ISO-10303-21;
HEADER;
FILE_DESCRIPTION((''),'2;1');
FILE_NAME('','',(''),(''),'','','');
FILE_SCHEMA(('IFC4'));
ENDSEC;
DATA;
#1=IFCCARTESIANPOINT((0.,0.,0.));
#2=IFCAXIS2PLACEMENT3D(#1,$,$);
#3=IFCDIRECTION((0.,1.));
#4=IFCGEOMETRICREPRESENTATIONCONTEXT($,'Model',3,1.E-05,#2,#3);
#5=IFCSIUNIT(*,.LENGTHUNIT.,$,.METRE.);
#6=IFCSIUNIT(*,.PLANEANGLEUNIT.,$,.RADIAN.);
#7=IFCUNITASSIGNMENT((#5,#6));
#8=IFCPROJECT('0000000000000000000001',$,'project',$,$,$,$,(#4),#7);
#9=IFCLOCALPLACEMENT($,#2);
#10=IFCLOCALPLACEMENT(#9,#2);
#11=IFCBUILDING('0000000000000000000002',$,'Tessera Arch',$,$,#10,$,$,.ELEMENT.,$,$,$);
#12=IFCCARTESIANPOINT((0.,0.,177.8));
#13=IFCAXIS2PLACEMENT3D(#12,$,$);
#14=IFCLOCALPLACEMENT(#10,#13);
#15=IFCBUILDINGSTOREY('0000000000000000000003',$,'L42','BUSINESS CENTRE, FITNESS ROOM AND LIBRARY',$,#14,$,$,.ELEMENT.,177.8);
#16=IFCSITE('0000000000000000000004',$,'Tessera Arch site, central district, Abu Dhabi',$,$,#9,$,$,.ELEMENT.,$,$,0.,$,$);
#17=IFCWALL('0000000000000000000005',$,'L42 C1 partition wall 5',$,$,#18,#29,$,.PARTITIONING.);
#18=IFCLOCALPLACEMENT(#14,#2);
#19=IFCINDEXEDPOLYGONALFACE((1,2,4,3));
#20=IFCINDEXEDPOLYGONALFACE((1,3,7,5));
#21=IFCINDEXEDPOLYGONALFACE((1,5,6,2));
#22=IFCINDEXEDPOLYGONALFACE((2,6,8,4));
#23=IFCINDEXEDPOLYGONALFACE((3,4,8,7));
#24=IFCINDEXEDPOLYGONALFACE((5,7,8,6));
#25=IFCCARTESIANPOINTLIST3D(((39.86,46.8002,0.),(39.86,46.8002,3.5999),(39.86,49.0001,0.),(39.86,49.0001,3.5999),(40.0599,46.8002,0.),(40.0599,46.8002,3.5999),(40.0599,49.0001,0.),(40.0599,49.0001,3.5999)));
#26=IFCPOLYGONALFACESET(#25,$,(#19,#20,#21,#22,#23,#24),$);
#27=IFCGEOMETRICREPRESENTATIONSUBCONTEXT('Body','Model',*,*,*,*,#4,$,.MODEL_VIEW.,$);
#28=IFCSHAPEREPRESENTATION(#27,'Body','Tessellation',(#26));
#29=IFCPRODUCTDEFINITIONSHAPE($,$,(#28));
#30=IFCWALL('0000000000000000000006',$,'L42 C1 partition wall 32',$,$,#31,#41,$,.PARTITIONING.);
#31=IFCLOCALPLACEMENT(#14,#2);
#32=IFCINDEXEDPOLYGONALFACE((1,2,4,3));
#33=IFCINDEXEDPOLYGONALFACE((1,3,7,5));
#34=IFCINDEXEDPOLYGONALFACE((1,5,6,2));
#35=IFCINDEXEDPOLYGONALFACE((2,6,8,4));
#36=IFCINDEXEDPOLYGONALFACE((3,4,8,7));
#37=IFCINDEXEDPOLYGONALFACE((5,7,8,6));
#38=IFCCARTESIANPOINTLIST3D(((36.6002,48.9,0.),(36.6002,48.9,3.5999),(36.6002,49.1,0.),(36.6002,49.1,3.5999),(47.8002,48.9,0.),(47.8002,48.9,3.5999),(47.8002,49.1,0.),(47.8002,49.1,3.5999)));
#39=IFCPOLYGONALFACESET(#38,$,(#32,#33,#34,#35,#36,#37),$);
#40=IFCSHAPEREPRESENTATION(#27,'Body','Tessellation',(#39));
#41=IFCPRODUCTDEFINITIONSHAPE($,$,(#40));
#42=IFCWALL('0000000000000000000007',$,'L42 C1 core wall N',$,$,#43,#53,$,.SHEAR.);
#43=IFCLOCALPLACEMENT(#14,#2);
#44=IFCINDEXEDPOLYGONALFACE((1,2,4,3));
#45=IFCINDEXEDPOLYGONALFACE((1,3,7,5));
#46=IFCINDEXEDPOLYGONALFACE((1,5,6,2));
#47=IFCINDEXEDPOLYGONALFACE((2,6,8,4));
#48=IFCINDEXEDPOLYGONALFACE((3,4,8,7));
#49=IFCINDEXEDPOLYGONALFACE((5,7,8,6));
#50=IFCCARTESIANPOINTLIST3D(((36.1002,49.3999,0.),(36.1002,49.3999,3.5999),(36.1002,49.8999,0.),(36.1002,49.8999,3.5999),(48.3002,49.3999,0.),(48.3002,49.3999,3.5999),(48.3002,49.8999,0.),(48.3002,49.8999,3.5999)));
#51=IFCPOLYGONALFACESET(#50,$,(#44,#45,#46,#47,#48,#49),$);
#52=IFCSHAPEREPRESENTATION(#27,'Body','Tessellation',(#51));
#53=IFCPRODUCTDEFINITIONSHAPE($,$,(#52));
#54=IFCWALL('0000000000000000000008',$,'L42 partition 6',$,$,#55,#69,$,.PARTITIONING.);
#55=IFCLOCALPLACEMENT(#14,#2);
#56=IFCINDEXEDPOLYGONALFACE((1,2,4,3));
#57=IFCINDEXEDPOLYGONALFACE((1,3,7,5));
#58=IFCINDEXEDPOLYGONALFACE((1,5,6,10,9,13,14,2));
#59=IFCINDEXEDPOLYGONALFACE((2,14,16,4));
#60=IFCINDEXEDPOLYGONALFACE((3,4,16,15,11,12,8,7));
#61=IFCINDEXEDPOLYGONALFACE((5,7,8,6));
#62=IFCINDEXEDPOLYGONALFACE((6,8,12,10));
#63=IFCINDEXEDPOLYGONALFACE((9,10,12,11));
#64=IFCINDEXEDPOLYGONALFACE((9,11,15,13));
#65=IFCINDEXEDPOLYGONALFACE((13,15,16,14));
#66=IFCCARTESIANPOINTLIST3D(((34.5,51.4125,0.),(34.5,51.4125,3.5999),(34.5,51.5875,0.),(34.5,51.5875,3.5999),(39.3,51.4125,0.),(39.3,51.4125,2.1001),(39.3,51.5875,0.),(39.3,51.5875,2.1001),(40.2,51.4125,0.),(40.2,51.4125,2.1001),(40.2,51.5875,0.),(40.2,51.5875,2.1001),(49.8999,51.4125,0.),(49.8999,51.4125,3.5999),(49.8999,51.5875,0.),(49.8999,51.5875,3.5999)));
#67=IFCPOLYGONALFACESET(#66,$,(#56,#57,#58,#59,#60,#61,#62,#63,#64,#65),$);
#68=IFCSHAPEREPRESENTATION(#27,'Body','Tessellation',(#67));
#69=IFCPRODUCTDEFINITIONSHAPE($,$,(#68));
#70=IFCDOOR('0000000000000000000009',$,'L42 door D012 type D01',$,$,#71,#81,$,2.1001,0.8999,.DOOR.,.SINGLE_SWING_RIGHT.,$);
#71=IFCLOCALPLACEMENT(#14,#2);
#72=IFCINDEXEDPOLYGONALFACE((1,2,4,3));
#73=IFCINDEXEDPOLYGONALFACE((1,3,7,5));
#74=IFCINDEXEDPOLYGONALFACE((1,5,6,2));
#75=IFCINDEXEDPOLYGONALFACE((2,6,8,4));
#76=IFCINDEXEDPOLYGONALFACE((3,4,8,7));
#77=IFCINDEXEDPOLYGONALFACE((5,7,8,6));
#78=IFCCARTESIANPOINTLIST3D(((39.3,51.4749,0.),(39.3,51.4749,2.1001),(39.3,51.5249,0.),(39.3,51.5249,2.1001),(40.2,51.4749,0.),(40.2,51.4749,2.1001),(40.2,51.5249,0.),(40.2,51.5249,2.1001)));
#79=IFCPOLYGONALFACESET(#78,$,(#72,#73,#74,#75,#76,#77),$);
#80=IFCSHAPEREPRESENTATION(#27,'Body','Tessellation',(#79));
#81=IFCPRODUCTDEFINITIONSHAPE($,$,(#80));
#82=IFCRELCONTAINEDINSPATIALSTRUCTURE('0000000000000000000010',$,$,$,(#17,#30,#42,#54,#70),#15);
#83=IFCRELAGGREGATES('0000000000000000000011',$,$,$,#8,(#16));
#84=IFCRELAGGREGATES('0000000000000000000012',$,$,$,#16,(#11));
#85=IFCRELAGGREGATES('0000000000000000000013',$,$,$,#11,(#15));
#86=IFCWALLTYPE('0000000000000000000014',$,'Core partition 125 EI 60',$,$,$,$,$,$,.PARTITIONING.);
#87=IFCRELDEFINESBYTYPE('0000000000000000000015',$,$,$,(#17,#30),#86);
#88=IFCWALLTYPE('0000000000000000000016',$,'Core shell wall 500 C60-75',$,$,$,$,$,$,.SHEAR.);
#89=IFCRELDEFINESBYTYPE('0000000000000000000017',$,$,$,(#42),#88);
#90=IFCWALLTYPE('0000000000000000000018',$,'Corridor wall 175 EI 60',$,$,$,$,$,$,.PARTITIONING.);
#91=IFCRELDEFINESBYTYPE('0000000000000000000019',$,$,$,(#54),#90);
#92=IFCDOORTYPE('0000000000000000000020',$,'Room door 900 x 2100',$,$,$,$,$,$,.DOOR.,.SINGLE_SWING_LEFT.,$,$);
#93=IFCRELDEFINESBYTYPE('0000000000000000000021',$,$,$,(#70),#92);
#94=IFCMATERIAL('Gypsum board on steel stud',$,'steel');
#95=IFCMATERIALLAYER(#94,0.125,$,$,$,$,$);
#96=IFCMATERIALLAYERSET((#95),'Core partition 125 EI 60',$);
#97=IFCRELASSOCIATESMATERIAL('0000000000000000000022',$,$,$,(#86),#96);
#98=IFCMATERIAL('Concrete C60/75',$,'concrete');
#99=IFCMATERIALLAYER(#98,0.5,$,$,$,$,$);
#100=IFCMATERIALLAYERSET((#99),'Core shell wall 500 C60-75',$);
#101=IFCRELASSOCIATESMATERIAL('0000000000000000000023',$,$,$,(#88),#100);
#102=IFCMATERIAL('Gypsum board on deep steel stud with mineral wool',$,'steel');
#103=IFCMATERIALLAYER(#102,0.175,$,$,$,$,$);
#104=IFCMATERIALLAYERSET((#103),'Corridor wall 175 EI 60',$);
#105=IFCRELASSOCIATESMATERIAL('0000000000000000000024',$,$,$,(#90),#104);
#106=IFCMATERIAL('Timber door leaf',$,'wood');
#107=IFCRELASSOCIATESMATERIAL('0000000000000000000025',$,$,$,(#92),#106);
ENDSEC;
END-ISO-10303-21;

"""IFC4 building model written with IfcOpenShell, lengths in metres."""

from ifc_helpers import new_model, si_unit, direction, frame, frame_2d, origin, place, context, subcontext, project, spatial, rectangle, extrude, material, layer, layer_set, type_object, element, fill, save


model = new_model("IFC4")

# Units and contexts
model_context = context("Model", 3, precision=1e-05, world=origin(), true_north=direction((0.0, 1.0)))
body_context = subcontext(model_context, "Body", "Model", "MODEL_VIEW")
ifc_project = project(units=[si_unit("LENGTHUNIT", "METRE"), si_unit("PLANEANGLEUNIT", "RADIAN")], contexts=[model_context])

# Site, building, storey
site_placement = place(None, origin())
site = spatial("IfcSite", under=ifc_project, at=site_placement, Name="Tessera Arch site, central district, Abu Dhabi", CompositionType="ELEMENT", RefElevation=0.0)
building_placement = place(site_placement, origin())
building = spatial("IfcBuilding", under=site, at=building_placement, Name="Tessera Arch", CompositionType="ELEMENT")
storey_placement = place(building_placement, frame((0.0, 0.0, 177.8)))
storey = spatial("IfcBuildingStorey", under=building, at=storey_placement, Name="L42", Description="BUSINESS CENTRE, FITNESS ROOM AND LIBRARY", CompositionType="ELEMENT", Elevation=177.8)

# Walls
ifc_material_1 = material(Name="Gypsum board on steel stud", Category="steel")
ifc_layer_1 = layer(ifc_material_1, 0.125)
ifc_layer_set_1 = layer_set([ifc_layer_1], Name="Core partition 125 EI 60")
wall_type_1 = type_object("IfcWallType", Name="Core partition 125 EI 60", PredefinedType="PARTITIONING", material=ifc_layer_set_1)
wall_1_placement = place(storey_placement, frame((39.96, 46.8, 0.0), z_axis=(0.0, 0.0, 1.0), x_axis=(0.0, 1.0, 0.0)))
element("IfcWall", 1, at=wall_1_placement, inside=storey, type_object=wall_type_1, Name="L42 C1 partition wall 5", PredefinedType="PARTITIONING", context=body_context, shape_type="SweptSolid", body=[
    extrude(rectangle(XDim=2.2, YDim=0.2, at=frame_2d((1.1001, 0.0))), origin(), (0.0, 0.0, 1.0), 3.5999),
])
wall_2_placement = place(storey_placement, frame((36.6001, 49.0, 0.0), z_axis=(0.0, 0.0, 1.0), x_axis=(1.0, 0.0, 0.0)))
element("IfcWall", 2, at=wall_2_placement, inside=storey, type_object=wall_type_1, Name="L42 C1 partition wall 32", PredefinedType="PARTITIONING", context=body_context, shape_type="SweptSolid", body=[
    extrude(rectangle(XDim=11.2, YDim=0.2, at=frame_2d((5.6001, 0.0))), origin(), (0.0, 0.0, 1.0), 3.5999),
])
ifc_material_2 = material(Name="Concrete C60/75", Category="concrete")
ifc_layer_2 = layer(ifc_material_2, 0.5)
ifc_layer_set_2 = layer_set([ifc_layer_2], Name="Core shell wall 500 C60-75")
wall_type_2 = type_object("IfcWallType", Name="Core shell wall 500 C60-75", PredefinedType="SHEAR", material=ifc_layer_set_2)
wall_3_placement = place(storey_placement, frame((36.1001, 49.6499, 0.0), z_axis=(0.0, 0.0, 1.0), x_axis=(1.0, 0.0, 0.0)))
element("IfcWall", 3, at=wall_3_placement, inside=storey, type_object=wall_type_2, Name="L42 C1 core wall N", PredefinedType="SHEAR", context=body_context, shape_type="SweptSolid", body=[
    extrude(rectangle(XDim=12.2, YDim=0.5, at=frame_2d((6.1001, 0.0))), origin(), (0.0, 0.0, 1.0), 3.5999),
])

# Wall, opening, door
ifc_material_3 = material(Name="Gypsum board on deep steel stud with mineral wool", Category="steel")
ifc_layer_3 = layer(ifc_material_3, 0.175)
ifc_layer_set_3 = layer_set([ifc_layer_3], Name="Corridor wall 175 EI 60")
wall_type_3 = type_object("IfcWallType", Name="Corridor wall 175 EI 60", PredefinedType="PARTITIONING", material=ifc_layer_set_3)
wall_4_placement = place(storey_placement, frame((34.5, 51.5, 0.0), z_axis=(0.0, 0.0, 1.0), x_axis=(1.0, 0.0, 0.0)))
wall_4 = element("IfcWall", 4, at=wall_4_placement, inside=storey, type_object=wall_type_3, Name="L42 partition 6", PredefinedType="PARTITIONING", context=body_context, shape_type="SweptSolid", body=[
    extrude(rectangle(XDim=15.3999, YDim=0.175, at=frame_2d((7.7, 0.0))), origin(), (0.0, 0.0, 1.0), 3.5999),
])
opening_placement = place(wall_4_placement, frame((4.8, 0.0, 0.0)))
opening = element("IfcOpeningElement", 5, at=opening_placement, cuts=wall_4, PredefinedType="OPENING", context=body_context, shape_type="SweptSolid", body=[
    extrude(rectangle(XDim=0.8999, YDim=2.1001, at=frame_2d((0.45, 1.05))), frame((0.0, 0.0974, 0.0), z_axis=(0.0, -1.0, 0.0), x_axis=(1.0, 0.0, 0.0)), (0.0, 0.0, 1.0), 0.1951),
])
ifc_material_4 = material(Name="Timber door leaf", Category="wood")
door_type = type_object("IfcDoorType", Name="Room door 900 x 2100", OperationType="SINGLE_SWING_LEFT", PredefinedType="DOOR", material=ifc_material_4)
door_placement = place(opening_placement, origin())
door = element("IfcDoor", 6, at=door_placement, inside=storey, type_object=door_type, Name="L42 door D012 type D01", OperationType="SINGLE_SWING_RIGHT", OverallHeight=2.1001, OverallWidth=0.8999, PredefinedType="DOOR", context=body_context, shape_type="SweptSolid", body=[
    extrude(rectangle(XDim=0.8999, YDim=2.1001, at=frame_2d((0.45, 1.05))), frame((0.0, 0.0249, 0.0), z_axis=(0.0, -1.0, 0.0), x_axis=(1.0, 0.0, 0.0)), (0.0, 0.0, 1.0), 0.05),
])
fill(opening, door)

save(model, "model.ifc")
